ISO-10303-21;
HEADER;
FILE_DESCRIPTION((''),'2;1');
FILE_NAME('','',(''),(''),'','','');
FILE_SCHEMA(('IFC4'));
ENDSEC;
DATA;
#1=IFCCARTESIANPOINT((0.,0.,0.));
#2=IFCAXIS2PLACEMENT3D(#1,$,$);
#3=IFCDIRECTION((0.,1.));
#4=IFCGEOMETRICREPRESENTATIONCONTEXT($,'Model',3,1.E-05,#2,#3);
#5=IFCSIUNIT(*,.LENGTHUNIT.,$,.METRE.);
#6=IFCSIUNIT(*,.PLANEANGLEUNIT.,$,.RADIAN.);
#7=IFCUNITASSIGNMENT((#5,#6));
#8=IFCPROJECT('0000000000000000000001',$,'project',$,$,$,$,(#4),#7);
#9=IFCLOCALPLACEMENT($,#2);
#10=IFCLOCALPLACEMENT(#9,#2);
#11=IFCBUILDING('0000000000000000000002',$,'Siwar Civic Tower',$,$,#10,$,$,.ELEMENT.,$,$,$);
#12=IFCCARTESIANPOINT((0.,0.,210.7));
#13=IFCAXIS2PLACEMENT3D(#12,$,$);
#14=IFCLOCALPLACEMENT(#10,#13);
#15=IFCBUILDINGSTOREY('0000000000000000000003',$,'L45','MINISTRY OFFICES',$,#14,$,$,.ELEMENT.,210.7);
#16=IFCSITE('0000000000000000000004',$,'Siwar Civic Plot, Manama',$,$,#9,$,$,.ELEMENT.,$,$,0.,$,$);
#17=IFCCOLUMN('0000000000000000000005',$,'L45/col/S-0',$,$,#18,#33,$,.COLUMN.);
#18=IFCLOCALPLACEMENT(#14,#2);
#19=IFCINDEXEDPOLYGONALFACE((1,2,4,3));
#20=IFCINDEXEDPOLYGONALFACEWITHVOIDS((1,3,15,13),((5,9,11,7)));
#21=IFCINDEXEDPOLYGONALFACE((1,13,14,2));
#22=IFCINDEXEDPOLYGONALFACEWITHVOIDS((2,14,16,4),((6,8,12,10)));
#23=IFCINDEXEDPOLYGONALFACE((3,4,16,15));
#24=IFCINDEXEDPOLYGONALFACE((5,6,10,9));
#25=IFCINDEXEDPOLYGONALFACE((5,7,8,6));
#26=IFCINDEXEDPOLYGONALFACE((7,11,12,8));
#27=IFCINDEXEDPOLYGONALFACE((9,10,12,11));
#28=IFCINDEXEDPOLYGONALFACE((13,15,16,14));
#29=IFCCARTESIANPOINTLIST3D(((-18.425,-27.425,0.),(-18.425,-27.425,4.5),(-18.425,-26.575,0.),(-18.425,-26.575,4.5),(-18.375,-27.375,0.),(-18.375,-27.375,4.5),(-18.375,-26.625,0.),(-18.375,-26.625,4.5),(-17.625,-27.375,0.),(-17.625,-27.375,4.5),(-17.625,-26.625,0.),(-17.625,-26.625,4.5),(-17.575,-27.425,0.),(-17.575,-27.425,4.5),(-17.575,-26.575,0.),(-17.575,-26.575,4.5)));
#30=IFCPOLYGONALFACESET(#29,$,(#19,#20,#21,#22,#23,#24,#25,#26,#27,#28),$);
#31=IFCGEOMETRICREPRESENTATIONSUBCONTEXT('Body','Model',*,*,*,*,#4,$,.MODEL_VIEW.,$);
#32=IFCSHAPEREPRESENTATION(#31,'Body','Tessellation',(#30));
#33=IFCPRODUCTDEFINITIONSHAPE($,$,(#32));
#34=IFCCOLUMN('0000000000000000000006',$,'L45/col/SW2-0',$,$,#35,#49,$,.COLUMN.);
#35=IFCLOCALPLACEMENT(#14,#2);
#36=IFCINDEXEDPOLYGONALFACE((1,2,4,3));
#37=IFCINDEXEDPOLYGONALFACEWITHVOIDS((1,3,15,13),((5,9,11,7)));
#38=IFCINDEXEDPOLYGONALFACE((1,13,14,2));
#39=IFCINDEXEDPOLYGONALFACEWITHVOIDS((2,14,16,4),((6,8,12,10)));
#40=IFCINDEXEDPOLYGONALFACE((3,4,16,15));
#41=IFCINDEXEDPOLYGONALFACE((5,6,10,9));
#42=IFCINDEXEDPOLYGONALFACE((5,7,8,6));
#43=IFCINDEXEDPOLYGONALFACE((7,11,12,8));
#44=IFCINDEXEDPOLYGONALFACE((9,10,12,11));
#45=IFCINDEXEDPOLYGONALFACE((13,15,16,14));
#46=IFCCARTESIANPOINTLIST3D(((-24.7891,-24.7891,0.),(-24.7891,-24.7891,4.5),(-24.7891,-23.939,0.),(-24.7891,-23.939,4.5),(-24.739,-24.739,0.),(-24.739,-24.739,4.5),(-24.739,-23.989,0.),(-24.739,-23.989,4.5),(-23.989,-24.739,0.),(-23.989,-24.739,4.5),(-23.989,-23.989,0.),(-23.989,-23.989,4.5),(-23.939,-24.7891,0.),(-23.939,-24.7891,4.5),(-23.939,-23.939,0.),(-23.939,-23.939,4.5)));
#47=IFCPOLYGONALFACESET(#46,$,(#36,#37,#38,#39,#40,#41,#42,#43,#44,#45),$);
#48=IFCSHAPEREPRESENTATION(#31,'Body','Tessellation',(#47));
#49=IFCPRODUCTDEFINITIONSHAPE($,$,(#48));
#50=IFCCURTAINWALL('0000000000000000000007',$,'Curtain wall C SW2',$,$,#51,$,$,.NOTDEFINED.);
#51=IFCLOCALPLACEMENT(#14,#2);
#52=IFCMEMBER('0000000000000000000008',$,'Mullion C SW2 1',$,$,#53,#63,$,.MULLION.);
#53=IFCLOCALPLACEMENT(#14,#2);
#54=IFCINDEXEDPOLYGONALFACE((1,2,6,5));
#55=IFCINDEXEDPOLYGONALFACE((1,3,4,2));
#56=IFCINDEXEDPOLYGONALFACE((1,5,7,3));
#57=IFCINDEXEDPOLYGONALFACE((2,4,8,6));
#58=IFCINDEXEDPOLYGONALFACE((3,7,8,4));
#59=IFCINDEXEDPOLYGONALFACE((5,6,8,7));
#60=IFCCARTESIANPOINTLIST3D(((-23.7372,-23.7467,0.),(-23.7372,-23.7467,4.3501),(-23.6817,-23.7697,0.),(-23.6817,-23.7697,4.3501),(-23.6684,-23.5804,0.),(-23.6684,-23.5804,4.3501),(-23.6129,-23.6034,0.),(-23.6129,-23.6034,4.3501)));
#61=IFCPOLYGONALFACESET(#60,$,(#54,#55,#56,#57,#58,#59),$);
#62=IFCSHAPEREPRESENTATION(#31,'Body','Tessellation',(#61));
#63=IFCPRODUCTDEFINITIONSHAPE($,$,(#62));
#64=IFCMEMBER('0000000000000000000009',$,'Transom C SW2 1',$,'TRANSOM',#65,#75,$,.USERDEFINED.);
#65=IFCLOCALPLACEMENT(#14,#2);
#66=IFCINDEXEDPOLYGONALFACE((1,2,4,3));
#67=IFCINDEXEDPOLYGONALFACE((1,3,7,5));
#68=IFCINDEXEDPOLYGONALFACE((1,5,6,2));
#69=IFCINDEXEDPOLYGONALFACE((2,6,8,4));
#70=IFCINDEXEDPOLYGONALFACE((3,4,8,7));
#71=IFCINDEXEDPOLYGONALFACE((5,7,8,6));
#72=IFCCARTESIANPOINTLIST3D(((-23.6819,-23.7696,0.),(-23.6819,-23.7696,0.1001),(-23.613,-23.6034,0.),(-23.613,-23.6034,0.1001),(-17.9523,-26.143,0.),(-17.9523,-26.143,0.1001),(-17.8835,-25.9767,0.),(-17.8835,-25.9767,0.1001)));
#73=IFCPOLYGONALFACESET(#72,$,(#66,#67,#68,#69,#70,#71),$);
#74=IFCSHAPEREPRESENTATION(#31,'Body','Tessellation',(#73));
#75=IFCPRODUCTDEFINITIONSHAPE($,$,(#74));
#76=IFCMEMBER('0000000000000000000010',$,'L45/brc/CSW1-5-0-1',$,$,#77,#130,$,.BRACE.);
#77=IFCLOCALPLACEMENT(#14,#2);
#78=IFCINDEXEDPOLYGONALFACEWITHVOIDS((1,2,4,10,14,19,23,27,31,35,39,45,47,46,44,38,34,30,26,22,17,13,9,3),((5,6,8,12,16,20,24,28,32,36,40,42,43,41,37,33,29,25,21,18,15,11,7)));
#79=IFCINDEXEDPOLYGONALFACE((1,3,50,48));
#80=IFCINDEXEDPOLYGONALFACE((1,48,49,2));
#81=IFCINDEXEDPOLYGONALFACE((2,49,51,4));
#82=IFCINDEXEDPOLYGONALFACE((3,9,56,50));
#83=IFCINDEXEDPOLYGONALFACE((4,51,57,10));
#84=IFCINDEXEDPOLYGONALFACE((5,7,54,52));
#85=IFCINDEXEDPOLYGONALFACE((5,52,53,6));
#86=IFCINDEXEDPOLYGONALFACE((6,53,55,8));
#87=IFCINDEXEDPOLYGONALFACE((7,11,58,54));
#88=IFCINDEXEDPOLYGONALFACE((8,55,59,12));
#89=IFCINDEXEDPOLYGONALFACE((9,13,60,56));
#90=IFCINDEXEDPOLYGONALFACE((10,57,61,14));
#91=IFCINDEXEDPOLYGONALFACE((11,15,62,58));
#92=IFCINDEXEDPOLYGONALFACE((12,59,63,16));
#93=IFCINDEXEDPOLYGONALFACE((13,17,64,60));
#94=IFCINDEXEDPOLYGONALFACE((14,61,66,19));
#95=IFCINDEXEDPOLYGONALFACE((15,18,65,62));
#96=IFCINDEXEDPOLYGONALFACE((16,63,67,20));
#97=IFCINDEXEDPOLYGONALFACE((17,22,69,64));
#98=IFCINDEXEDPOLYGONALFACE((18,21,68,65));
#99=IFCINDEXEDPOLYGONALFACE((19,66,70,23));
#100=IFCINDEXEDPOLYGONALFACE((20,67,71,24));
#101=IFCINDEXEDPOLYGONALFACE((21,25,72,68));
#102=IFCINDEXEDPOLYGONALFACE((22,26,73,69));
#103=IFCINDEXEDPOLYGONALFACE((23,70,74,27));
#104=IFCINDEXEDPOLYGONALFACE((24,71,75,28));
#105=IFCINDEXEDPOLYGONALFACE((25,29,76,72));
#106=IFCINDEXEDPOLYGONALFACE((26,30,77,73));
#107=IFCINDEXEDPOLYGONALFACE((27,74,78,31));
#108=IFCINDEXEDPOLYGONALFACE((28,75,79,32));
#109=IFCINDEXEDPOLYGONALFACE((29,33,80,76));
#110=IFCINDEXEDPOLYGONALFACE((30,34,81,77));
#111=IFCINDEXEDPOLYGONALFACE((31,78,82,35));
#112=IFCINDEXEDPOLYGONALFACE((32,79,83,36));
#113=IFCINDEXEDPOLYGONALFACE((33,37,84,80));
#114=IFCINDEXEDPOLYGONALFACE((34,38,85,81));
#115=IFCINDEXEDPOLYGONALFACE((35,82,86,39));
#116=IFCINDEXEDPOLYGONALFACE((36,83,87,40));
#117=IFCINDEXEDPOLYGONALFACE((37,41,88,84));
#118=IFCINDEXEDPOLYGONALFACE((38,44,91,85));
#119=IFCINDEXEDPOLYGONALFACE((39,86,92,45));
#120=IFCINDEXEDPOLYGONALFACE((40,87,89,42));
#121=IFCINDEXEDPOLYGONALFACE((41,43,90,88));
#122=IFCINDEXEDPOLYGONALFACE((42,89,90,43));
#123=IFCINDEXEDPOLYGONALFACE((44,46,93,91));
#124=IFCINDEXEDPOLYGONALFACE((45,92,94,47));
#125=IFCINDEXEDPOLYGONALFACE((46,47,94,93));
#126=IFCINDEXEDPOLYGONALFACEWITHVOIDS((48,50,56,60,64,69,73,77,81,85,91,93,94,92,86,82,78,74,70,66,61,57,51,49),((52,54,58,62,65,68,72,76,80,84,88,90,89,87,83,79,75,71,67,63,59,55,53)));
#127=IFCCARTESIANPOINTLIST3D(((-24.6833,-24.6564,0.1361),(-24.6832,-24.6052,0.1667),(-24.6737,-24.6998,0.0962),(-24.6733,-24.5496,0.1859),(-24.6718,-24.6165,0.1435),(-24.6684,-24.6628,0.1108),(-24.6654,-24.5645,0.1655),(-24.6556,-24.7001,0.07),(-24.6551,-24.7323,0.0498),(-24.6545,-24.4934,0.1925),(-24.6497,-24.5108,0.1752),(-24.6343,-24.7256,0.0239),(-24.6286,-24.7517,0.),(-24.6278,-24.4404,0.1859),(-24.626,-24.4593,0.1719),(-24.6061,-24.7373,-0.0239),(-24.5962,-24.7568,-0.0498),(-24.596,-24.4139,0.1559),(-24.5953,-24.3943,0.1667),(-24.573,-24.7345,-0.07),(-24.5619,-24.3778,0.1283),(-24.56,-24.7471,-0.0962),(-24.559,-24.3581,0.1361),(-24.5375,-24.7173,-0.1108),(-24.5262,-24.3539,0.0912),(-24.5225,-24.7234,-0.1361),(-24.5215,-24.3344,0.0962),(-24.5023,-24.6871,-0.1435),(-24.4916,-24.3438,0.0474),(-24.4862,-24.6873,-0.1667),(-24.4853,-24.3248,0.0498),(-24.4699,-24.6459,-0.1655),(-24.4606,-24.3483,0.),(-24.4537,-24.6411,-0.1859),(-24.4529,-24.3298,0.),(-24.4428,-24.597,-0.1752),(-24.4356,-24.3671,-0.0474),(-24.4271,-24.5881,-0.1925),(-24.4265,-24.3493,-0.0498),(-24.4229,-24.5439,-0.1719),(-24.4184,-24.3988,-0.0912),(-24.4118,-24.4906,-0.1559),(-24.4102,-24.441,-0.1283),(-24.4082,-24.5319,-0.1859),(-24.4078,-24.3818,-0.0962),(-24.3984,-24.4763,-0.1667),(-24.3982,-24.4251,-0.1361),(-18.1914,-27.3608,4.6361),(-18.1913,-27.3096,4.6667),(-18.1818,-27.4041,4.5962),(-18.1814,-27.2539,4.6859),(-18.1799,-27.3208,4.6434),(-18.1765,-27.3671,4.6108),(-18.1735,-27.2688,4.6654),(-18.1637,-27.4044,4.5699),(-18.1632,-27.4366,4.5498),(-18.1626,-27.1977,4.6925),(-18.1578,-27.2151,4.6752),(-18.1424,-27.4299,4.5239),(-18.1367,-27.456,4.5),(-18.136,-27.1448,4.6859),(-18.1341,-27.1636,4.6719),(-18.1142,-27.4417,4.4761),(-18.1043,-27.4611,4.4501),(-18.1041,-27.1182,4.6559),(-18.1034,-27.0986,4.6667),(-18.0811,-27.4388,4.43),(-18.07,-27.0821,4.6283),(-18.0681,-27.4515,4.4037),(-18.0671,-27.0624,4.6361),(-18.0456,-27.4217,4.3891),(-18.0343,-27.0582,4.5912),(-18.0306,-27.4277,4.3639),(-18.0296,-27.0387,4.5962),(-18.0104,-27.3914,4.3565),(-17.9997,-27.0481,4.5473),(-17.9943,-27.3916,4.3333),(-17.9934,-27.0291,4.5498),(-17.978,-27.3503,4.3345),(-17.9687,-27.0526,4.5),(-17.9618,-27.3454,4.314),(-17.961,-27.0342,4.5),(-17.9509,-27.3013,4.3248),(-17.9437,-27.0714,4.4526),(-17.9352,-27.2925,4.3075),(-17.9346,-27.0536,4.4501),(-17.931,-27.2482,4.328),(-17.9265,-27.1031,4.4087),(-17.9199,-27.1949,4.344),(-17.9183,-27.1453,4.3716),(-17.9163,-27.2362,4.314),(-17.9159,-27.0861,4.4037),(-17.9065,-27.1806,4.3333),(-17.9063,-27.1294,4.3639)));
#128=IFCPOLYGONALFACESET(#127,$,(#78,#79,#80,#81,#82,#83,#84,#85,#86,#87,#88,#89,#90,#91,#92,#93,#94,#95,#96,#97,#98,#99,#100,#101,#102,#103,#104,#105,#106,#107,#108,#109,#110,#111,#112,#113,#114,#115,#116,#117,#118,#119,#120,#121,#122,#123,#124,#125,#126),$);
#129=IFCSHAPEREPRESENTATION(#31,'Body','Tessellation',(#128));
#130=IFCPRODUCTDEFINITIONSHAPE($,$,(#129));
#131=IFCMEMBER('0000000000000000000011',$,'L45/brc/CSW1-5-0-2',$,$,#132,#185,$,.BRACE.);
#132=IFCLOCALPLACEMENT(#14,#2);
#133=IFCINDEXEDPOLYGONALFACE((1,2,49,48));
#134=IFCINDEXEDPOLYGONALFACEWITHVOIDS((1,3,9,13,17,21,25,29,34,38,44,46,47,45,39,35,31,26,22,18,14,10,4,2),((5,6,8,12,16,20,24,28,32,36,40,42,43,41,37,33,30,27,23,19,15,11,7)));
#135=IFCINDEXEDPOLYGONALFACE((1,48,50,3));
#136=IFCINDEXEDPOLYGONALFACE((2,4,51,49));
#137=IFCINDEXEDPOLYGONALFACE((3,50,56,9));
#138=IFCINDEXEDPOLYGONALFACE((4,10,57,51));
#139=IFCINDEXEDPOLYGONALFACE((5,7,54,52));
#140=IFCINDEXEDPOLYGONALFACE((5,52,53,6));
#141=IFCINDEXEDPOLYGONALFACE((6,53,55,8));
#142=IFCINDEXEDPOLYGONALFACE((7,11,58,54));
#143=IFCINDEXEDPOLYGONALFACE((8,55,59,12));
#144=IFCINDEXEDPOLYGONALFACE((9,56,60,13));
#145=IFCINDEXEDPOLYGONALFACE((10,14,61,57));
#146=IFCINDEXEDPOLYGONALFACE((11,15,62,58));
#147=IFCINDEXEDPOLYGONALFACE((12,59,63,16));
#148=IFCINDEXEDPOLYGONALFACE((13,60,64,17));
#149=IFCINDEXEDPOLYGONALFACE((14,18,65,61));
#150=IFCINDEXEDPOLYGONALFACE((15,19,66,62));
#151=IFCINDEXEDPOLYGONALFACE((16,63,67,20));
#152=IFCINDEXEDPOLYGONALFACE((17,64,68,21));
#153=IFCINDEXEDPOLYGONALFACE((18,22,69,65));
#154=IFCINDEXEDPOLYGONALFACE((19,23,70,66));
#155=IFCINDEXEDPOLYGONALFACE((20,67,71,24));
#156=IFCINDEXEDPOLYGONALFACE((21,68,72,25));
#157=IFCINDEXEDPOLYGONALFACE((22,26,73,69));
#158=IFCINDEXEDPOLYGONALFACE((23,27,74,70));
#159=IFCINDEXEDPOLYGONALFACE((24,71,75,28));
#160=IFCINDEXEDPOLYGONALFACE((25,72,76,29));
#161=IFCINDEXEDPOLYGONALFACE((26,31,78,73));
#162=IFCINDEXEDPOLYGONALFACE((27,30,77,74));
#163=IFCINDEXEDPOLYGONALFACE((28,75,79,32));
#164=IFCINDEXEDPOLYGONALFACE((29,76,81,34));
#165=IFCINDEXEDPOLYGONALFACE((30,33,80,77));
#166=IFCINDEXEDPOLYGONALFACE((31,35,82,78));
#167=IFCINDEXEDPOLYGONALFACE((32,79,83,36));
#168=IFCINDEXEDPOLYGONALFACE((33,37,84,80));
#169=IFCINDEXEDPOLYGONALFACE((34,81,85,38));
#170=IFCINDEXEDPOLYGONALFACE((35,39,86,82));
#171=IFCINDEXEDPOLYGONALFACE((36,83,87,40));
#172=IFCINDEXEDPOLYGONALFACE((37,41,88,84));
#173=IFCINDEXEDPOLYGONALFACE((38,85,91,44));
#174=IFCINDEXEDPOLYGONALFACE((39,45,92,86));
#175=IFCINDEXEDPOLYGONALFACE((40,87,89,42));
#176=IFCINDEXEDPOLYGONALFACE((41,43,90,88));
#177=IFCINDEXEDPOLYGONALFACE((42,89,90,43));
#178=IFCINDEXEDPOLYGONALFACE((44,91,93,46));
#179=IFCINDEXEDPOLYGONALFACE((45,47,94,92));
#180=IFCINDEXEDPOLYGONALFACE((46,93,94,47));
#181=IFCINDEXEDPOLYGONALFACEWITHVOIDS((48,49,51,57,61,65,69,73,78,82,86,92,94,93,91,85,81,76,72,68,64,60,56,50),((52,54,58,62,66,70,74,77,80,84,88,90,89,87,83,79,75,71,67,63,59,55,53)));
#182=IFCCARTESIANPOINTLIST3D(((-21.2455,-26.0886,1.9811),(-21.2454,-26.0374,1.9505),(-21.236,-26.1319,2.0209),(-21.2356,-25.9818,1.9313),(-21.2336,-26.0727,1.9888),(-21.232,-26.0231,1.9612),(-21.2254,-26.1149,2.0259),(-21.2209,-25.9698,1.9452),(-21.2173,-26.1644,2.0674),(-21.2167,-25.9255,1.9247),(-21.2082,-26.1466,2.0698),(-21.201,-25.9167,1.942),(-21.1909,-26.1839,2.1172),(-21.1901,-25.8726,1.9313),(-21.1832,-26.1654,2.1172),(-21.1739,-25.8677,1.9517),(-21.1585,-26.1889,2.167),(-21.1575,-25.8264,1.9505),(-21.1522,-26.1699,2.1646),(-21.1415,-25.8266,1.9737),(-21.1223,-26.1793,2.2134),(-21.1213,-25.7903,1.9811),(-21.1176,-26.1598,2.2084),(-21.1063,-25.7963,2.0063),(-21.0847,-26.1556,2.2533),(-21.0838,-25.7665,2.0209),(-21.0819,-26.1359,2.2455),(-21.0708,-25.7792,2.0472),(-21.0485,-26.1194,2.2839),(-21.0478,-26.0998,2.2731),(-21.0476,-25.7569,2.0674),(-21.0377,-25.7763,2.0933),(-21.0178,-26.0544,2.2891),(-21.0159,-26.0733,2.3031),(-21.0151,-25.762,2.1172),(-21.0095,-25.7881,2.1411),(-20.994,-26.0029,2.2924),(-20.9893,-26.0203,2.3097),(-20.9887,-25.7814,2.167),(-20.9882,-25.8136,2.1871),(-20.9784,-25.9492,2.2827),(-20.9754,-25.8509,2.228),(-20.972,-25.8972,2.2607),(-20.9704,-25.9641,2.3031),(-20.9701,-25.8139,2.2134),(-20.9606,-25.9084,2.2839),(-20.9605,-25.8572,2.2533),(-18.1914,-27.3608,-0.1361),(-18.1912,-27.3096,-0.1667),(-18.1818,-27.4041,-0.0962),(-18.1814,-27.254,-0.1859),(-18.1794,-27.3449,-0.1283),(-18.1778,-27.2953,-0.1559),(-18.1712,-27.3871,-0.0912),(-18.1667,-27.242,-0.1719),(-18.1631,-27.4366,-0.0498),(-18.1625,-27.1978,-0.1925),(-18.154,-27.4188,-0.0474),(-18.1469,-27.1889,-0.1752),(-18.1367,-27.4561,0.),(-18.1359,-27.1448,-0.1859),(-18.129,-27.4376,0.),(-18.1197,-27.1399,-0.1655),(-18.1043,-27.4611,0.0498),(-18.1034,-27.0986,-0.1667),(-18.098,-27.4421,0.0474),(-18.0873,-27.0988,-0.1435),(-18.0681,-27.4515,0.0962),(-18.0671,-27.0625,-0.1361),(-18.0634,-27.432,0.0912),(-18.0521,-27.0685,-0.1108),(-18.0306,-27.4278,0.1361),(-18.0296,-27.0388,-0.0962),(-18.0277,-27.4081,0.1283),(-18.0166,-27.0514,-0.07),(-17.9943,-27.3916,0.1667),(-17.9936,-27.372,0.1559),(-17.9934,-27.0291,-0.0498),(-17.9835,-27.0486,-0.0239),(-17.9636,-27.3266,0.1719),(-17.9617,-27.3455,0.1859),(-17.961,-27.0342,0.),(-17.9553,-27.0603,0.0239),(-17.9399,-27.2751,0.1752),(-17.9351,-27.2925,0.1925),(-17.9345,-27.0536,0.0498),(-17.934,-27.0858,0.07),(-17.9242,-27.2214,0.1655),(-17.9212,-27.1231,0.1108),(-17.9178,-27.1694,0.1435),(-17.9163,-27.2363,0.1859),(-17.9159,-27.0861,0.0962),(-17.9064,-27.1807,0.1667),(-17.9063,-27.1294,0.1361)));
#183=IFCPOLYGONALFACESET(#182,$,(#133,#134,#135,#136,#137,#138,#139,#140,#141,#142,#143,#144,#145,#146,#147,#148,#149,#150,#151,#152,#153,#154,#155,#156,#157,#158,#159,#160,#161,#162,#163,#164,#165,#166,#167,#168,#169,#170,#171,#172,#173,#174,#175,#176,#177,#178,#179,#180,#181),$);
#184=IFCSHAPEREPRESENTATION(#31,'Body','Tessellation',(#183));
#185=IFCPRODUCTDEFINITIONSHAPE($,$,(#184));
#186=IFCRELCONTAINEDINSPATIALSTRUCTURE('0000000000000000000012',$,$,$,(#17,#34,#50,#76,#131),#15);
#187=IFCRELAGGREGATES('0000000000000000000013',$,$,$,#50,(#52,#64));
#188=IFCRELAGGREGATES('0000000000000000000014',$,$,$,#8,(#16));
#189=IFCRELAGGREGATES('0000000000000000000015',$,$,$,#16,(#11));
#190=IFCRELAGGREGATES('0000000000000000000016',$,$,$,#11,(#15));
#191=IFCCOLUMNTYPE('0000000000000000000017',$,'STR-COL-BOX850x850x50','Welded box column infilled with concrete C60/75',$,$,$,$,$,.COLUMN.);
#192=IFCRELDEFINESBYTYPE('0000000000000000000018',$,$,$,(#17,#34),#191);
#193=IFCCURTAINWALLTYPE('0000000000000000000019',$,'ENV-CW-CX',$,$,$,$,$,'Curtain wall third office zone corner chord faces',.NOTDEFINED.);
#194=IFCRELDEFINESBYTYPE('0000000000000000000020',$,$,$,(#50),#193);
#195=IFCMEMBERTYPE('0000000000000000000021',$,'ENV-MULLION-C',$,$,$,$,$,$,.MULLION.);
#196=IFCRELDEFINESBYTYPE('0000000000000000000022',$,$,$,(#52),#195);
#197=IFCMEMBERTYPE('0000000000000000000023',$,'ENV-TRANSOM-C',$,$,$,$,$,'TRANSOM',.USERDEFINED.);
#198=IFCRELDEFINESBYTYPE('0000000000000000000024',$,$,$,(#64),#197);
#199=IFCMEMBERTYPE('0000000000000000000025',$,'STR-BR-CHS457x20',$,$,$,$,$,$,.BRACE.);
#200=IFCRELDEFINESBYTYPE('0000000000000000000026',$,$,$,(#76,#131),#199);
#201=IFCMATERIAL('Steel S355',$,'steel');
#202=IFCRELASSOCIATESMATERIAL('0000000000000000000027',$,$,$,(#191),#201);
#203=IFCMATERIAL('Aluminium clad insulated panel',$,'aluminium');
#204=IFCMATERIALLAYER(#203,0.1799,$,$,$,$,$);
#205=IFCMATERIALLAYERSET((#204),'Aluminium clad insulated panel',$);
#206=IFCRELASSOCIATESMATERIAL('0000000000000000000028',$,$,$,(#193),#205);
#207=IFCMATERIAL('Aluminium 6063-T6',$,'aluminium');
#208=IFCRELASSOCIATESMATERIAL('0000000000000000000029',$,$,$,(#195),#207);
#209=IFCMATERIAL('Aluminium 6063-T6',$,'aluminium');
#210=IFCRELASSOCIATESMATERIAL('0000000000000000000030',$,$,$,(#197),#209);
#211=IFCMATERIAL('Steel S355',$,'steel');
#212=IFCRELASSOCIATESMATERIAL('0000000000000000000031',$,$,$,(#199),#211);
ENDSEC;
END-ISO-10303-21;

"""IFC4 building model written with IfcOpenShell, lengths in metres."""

from ifc_helpers import new_model, si_unit, direction, frame, origin, origin_2d, place, context, subcontext, project, spatial, rectangle, hollow_rectangle, hollow_circle, extrude, material, layer, layer_set, material_profile, profile_set, type_object, element, aggregate, save


model = new_model("IFC4")

# Units and contexts
model_context = context("Model", 3, precision=1e-05, world=origin(), true_north=direction((0.0, 1.0)))
body_context = subcontext(model_context, "Body", "Model", "MODEL_VIEW")
ifc_project = project(units=[si_unit("LENGTHUNIT", "METRE"), si_unit("PLANEANGLEUNIT", "RADIAN")], contexts=[model_context])

# Site, building, storey
site_placement = place(None, origin())
site = spatial("IfcSite", under=ifc_project, at=site_placement, Name="Siwar Civic Plot, Manama", CompositionType="ELEMENT", RefElevation=0.0)
building_placement = place(site_placement, origin())
building = spatial("IfcBuilding", under=site, at=building_placement, Name="Siwar Civic Tower", CompositionType="ELEMENT")
storey_placement = place(building_placement, frame((0.0, 0.0, 210.7)))
storey = spatial("IfcBuildingStorey", under=building, at=storey_placement, Name="L45", Description="MINISTRY OFFICES", CompositionType="ELEMENT", Elevation=210.7)

# Columns
ifc_material_1 = material(Name="Steel S355", Category="steel")
ifc_material_profile_1 = material_profile(ifc_material_1, hollow_rectangle(XDim=0.8501, YDim=0.8501, WallThickness=0.05, at=origin_2d()), Name="BOX850x850x50")
ifc_profile_set_1 = profile_set([ifc_material_profile_1], Name="Steel S355")
column_type = type_object("IfcColumnType", Name="STR-COL-BOX850x850x50", Description="Welded box column infilled with concrete C60/75", PredefinedType="COLUMN", material=ifc_profile_set_1)
for number, where, z_axis, x_axis, name in (
    (1, (-18.0, -27.0, 0.0), (0.0, 0.0, 1.0), (1.0, 0.0, 0.0), "L45/col/S-0"),
    (2, (-24.364, -24.364, 0.0), (0.0, 0.0, 1.0), (1.0, 0.0, 0.0), "L45/col/SW2-0"),
):
    element("IfcColumn", number, at=place(storey_placement, frame(where, z_axis=z_axis, x_axis=x_axis)), inside=storey, type_object=column_type, Name=name, PredefinedType="COLUMN", context=body_context, shape_type="SweptSolid", body=[
        extrude(hollow_rectangle(XDim=0.8501, YDim=0.8501, WallThickness=0.05, at=origin_2d()), origin(), (0.0, 0.0, 1.0), 4.5),
    ])

# Curtain wall, members
ifc_material_2 = material(Name="Aluminium clad insulated panel", Category="aluminium")
ifc_layer_1 = layer(ifc_material_2, 0.1799)
ifc_layer_set_1 = layer_set([ifc_layer_1], Name="Aluminium clad insulated panel")
curtain_wall_type = type_object("IfcCurtainWallType", Name="ENV-CW-CX", ElementType="Curtain wall third office zone corner chord faces", PredefinedType="NOTDEFINED", material=ifc_layer_set_1)
curtain_wall_1_placement = place(storey_placement, origin())
curtain_wall_1 = element("IfcCurtainWall", 3, at=curtain_wall_1_placement, inside=storey, type_object=curtain_wall_type, Name="Curtain wall C SW2", PredefinedType="NOTDEFINED")
ifc_material_3 = material(Name="Aluminium 6063-T6", Category="aluminium")
ifc_material_profile_2 = material_profile(ifc_material_3, rectangle(XDim=0.1799, YDim=0.0601, at=origin_2d()), Name="AL 180x60")
ifc_profile_set_2 = profile_set([ifc_material_profile_2], Name="Aluminium 6063-T6")
member_type_1 = type_object("IfcMemberType", Name="ENV-MULLION-C", PredefinedType="MULLION", material=ifc_profile_set_2)
member_1_placement = place(storey_placement, frame((-23.675, -23.675, 0.0), z_axis=(0.0, 0.0, 1.0), x_axis=(0.382683, 0.92388, 0.0)))
member_1 = element("IfcMember", 4, at=member_1_placement, type_object=member_type_1, Name="Mullion C SW2 1", PredefinedType="MULLION", context=body_context, shape_type="SweptSolid", body=[
    extrude(rectangle(XDim=0.1799, YDim=0.0601, at=origin_2d()), origin(), (0.0, 0.0, 1.0), 4.3501),
])
ifc_material_4 = material(Name="Aluminium 6063-T6", Category="aluminium")
ifc_material_profile_3 = material_profile(ifc_material_4, rectangle(XDim=0.1799, YDim=0.1001, at=origin_2d()), Name="AL 180x100")
ifc_profile_set_3 = profile_set([ifc_material_profile_3], Name="Aluminium 6063-T6")
member_type_2 = type_object("IfcMemberType", Name="ENV-TRANSOM-C", ElementType="TRANSOM", PredefinedType="USERDEFINED", material=ifc_profile_set_3)
member_2_placement = place(storey_placement, frame((-23.6475, -23.6865, 0.05), z_axis=(0.923876, -0.382691, 0.0), x_axis=(0.382691, 0.923876, 0.0)))
member_2 = element("IfcMember", 5, at=member_2_placement, type_object=member_type_2, Name="Transom C SW2 1", ObjectType="TRANSOM", PredefinedType="USERDEFINED", context=body_context, shape_type="SweptSolid", body=[
    extrude(rectangle(XDim=0.1799, YDim=0.1001, at=origin_2d()), origin(), (0.0, 0.0, 1.0), 6.2017),
])

# Members
ifc_material_5 = material(Name="Steel S355", Category="steel")
ifc_material_profile_4 = material_profile(ifc_material_5, hollow_circle(Radius=0.2285, WallThickness=0.02, at=origin_2d()), Name="CHS457x20")
ifc_profile_set_4 = profile_set([ifc_material_profile_4], Name="Steel S355")
member_type_3 = type_object("IfcMemberType", Name="STR-BR-CHS457x20", PredefinedType="BRACE", material=ifc_profile_set_4)
member_3_placement = place(storey_placement, frame((-24.5408, -24.5408, 0.0), z_axis=(0.777555, -0.323906, 0.538975), x_axis=(0.384539, 0.923109, 0.0)))
element("IfcMember", 6, at=member_3_placement, inside=storey, type_object=member_type_3, Name="L45/brc/CSW1-5-0-1", PredefinedType="BRACE", context=body_context, shape_type="SweptSolid", body=[
    extrude(hollow_circle(Radius=0.2285, WallThickness=0.02, at=origin_2d()), origin(), (0.0, 0.0, 1.0), 8.3491),
])
for number, where, z_axis, x_axis, name in (
    (7, (-18.0488, -27.2451, 0.0), (-0.777546, 0.323884, 0.538999), (-0.384521, -0.923116, 0.0), "L45/brc/CSW1-5-0-2"),
):
    element("IfcMember", number, at=place(storey_placement, frame(where, z_axis=z_axis, x_axis=x_axis)), inside=storey, type_object=member_type_3, Name=name, PredefinedType="BRACE", context=body_context, shape_type="SweptSolid", body=[
        extrude(hollow_circle(Radius=0.2285, WallThickness=0.02, at=origin_2d()), origin(), (0.0, 0.0, 1.0), 3.928),
    ])

aggregate(curtain_wall_1, [member_1, member_2])

save(model, "model.ifc")
